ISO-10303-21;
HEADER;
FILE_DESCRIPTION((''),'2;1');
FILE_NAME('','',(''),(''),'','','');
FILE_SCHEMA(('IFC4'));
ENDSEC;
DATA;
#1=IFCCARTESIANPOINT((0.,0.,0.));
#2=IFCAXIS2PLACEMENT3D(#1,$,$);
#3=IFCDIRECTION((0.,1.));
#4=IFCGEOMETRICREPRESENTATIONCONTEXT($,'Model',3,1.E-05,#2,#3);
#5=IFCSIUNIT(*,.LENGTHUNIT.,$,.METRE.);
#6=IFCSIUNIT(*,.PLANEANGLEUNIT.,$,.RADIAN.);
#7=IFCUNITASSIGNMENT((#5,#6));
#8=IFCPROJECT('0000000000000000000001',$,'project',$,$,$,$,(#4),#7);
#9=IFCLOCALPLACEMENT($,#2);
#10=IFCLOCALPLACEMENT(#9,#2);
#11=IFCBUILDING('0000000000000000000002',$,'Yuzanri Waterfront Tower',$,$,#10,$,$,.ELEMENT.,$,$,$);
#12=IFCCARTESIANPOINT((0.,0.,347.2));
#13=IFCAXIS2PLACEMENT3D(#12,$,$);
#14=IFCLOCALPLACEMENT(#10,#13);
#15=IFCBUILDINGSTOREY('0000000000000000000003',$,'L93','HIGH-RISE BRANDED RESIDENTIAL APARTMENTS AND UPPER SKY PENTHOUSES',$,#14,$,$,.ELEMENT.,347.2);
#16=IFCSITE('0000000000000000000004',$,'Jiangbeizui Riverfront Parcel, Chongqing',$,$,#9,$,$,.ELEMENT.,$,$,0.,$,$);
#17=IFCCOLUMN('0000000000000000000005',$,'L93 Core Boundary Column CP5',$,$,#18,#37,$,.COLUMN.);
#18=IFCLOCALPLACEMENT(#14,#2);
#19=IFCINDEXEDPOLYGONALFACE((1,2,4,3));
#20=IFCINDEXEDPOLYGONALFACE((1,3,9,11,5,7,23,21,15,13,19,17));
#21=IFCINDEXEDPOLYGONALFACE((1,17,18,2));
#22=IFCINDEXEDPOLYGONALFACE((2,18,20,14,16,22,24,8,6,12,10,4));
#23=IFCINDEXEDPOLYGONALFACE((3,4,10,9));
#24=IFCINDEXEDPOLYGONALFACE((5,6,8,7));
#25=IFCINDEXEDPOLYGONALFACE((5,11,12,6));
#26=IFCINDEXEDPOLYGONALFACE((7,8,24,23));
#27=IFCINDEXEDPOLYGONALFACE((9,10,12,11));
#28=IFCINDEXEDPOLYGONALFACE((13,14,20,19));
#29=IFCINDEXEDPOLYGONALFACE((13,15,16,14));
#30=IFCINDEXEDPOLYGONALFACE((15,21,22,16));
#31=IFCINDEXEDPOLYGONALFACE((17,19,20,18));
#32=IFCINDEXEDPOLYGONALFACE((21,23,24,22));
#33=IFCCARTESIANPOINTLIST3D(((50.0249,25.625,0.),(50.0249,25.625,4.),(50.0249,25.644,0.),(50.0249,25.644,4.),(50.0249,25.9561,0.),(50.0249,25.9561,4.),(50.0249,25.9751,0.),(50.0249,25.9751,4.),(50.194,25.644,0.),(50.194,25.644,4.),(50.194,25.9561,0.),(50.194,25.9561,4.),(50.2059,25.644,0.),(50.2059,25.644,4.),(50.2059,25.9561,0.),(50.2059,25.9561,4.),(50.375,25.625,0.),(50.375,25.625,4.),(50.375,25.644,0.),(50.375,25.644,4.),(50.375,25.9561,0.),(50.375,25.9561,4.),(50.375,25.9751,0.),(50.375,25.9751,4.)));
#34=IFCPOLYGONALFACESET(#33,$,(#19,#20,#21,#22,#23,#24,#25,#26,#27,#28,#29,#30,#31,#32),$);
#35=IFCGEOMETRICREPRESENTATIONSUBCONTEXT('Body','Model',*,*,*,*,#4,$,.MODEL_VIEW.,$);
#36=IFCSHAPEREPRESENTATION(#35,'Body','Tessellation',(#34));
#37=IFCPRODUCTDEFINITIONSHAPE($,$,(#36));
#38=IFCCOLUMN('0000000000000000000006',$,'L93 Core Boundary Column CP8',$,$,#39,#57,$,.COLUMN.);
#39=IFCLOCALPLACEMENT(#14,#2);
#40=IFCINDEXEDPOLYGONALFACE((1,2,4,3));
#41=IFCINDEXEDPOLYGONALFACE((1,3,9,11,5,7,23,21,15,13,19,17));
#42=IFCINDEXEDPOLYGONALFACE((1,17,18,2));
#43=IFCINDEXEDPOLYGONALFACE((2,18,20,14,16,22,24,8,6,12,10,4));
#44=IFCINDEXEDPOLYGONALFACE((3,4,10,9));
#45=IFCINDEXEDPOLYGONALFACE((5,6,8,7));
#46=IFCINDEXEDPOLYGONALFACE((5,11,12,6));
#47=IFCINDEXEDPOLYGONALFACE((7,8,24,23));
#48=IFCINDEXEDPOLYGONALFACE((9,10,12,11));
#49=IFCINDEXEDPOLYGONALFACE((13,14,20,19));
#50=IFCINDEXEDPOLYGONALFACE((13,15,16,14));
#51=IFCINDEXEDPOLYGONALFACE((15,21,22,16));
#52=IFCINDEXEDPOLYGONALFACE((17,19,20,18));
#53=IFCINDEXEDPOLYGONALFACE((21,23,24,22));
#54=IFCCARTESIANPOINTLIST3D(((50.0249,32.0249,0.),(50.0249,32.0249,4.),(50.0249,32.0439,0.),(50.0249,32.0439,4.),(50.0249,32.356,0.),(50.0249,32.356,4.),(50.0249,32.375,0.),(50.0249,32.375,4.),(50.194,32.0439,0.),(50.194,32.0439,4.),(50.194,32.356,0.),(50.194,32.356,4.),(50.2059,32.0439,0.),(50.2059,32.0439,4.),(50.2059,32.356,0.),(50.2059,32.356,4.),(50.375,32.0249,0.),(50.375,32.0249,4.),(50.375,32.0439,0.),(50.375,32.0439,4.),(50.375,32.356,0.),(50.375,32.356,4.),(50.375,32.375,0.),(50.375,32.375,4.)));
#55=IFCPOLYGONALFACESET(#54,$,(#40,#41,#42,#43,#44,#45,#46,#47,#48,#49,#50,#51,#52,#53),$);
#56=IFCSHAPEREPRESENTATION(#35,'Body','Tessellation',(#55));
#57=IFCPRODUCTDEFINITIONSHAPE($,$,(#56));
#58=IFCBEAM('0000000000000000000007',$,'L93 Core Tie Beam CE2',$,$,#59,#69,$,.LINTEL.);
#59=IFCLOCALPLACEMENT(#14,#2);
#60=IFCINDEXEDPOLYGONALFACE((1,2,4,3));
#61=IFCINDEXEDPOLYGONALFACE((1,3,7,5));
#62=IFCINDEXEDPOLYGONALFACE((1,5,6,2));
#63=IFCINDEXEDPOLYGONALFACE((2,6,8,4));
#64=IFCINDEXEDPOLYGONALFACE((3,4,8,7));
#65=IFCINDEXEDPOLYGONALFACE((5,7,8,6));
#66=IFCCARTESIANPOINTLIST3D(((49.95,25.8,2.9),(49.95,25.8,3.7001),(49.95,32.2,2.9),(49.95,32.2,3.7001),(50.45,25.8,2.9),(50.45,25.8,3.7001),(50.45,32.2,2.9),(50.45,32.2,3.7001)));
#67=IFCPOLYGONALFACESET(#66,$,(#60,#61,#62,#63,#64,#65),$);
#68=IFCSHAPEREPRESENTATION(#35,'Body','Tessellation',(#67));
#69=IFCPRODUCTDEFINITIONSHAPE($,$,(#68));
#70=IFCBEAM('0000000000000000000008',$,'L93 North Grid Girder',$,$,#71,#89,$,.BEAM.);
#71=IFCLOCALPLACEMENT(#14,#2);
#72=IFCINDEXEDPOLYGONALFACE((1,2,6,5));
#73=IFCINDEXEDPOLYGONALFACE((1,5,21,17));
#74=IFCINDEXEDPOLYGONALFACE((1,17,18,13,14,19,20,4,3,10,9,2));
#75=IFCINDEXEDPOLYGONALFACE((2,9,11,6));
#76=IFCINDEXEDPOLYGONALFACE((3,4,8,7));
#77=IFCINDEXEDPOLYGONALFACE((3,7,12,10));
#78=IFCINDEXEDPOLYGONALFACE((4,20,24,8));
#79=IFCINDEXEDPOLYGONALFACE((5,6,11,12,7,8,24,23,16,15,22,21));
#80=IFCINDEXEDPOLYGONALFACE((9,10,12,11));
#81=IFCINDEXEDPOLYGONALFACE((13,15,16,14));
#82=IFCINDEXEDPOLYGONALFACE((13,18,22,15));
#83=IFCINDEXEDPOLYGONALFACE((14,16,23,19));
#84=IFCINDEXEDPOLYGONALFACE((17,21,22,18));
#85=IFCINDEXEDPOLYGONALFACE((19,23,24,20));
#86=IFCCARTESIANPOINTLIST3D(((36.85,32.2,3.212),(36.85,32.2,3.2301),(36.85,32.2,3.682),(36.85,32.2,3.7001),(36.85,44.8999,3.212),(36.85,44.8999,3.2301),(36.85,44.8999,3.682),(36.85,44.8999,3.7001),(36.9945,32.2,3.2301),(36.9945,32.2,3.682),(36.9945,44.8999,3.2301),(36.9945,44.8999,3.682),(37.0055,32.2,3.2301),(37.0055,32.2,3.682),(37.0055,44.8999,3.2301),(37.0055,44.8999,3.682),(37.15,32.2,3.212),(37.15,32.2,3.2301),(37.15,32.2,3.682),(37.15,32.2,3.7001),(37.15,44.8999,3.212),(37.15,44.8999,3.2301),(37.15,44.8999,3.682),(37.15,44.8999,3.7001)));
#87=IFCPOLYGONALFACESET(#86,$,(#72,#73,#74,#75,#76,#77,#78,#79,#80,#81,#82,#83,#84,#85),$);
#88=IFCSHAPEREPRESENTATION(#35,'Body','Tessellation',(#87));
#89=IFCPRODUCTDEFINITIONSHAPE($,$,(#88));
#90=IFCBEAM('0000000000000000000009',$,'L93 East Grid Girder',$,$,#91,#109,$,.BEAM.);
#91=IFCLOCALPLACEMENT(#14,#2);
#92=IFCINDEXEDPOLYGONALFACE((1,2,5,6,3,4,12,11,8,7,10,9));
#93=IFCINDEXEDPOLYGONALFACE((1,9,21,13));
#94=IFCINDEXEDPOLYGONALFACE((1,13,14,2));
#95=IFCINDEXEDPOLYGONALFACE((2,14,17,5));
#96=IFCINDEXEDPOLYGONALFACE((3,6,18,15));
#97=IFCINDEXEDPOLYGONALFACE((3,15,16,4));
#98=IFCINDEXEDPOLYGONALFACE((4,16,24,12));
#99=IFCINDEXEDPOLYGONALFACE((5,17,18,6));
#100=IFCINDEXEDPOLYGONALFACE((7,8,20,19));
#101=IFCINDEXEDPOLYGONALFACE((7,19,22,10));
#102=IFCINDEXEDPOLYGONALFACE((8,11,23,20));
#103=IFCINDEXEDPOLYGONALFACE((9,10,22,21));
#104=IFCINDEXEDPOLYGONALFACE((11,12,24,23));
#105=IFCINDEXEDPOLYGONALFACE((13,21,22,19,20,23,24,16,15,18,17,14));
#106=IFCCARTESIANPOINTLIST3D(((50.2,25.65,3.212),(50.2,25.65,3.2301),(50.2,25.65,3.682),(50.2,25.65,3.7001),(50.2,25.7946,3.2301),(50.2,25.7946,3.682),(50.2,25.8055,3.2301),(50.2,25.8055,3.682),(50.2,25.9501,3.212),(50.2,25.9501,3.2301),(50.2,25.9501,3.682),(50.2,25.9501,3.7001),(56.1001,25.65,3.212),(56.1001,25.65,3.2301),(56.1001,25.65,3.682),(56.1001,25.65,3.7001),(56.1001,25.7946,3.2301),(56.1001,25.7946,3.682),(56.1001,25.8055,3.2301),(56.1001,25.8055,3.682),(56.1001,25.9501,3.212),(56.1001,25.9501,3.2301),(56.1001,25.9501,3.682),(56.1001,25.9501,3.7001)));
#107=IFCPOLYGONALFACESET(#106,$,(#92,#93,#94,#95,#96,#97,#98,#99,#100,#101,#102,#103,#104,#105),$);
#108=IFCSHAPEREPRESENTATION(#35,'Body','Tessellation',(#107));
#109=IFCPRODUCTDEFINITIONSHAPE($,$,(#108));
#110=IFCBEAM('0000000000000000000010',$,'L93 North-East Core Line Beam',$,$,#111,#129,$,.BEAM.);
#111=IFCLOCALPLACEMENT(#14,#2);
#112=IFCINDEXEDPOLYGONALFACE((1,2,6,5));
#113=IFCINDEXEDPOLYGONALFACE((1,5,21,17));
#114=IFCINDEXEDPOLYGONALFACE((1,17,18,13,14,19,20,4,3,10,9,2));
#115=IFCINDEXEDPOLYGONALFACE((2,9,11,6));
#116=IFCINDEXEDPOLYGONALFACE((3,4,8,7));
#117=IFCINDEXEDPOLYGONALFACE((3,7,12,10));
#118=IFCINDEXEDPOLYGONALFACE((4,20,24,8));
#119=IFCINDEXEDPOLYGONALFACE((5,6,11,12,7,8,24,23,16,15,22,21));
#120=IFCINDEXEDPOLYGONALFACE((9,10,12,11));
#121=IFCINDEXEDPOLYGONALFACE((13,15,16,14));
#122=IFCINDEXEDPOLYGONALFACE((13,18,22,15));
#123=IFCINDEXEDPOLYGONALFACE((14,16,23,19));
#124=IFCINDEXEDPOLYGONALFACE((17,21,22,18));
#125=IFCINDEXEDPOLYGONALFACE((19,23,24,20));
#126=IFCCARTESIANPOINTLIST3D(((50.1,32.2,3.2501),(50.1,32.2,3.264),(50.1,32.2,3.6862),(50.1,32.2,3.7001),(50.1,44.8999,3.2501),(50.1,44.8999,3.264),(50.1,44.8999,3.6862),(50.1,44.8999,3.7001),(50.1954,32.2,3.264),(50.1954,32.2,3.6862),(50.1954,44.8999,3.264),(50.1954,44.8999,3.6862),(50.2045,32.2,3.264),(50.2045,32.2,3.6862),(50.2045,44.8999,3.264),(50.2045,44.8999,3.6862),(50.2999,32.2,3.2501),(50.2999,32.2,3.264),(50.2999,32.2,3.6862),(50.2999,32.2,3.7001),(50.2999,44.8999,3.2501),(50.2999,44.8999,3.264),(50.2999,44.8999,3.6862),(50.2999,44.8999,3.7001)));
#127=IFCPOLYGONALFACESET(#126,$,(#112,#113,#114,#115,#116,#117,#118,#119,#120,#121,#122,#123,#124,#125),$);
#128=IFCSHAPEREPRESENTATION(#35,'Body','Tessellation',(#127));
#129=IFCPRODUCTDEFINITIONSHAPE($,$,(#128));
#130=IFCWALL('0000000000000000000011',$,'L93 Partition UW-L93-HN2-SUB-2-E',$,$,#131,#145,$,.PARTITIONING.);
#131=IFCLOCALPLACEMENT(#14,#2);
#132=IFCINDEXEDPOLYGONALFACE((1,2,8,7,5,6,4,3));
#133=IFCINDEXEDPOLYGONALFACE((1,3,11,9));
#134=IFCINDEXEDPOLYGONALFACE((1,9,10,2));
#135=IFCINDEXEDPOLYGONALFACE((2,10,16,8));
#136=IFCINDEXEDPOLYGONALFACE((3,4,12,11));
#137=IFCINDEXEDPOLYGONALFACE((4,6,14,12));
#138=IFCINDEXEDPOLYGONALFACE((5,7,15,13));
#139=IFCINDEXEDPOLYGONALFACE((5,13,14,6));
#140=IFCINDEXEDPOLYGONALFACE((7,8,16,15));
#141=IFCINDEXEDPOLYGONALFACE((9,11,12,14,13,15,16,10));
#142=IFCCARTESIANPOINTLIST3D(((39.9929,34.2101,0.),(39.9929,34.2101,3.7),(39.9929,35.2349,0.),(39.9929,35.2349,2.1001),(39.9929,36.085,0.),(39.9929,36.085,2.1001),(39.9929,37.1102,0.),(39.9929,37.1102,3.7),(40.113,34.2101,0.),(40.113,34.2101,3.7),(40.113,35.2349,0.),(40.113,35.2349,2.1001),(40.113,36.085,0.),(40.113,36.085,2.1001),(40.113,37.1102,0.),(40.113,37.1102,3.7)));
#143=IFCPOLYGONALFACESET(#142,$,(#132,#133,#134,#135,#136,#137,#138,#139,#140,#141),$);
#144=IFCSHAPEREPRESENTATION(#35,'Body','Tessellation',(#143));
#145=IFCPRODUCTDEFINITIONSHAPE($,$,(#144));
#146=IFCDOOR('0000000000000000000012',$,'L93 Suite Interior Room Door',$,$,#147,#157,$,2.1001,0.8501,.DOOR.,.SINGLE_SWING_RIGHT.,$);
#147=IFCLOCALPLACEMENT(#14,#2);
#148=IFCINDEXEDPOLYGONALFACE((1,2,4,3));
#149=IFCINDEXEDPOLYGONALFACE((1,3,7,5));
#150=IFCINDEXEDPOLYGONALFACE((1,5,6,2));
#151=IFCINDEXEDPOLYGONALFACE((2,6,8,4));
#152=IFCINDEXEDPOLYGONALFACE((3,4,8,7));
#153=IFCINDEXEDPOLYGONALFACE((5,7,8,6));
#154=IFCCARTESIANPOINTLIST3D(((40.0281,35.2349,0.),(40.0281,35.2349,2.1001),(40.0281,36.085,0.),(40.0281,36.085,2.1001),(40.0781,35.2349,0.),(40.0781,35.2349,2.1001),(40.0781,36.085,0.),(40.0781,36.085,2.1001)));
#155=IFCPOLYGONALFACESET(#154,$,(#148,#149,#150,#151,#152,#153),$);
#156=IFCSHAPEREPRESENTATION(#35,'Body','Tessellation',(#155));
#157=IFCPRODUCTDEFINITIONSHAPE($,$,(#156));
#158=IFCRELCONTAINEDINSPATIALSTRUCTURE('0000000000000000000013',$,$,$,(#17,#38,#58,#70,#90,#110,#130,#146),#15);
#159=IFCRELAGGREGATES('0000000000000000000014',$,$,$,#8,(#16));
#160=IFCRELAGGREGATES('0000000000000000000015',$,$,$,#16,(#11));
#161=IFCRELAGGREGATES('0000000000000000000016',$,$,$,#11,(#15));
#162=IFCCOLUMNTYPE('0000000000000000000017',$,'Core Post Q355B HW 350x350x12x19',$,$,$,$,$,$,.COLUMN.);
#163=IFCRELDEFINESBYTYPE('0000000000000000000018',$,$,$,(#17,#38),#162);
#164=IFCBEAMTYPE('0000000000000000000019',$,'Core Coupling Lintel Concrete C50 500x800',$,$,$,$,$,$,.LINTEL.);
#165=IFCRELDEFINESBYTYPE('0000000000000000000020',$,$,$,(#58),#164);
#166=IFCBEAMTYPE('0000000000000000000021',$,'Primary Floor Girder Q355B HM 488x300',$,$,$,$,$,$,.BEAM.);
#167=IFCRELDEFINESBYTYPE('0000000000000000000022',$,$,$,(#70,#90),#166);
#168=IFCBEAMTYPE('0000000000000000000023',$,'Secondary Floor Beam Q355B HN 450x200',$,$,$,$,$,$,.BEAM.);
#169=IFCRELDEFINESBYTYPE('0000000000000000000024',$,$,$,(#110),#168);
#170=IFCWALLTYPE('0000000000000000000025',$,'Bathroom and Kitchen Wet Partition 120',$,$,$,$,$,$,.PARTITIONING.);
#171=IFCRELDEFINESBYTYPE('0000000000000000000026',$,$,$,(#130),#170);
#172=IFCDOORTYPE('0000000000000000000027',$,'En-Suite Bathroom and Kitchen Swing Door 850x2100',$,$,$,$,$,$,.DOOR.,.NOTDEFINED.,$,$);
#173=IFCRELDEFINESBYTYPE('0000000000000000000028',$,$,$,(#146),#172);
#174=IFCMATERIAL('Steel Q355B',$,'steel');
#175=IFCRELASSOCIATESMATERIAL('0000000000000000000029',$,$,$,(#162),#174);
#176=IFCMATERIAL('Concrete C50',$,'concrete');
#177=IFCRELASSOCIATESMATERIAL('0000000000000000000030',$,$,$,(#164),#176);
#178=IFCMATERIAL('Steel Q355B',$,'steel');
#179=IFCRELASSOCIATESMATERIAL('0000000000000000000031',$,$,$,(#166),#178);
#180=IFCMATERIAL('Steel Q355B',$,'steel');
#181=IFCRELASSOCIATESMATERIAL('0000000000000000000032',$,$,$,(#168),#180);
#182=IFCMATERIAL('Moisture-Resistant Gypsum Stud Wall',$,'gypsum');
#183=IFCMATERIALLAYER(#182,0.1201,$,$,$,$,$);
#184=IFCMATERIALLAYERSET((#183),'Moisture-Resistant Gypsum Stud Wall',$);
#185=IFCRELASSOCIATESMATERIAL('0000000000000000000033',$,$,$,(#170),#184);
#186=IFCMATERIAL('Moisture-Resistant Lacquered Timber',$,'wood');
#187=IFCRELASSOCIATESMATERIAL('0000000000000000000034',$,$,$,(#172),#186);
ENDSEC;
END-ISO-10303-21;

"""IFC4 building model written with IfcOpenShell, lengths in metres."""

from ifc_helpers import new_model, si_unit, direction, frame, frame_2d, origin, origin_2d, place, context, subcontext, project, spatial, rectangle, i_section, extrude, source, transform, mapped, material, layer, layer_set, material_profile, profile_set, type_object, element, fill, save


model = new_model("IFC4")

# Units and contexts
model_context = context("Model", 3, precision=1e-05, world=origin(), true_north=direction((0.0, 1.0)))
body_context = subcontext(model_context, "Body", "Model", "MODEL_VIEW")
ifc_project = project(units=[si_unit("LENGTHUNIT", "METRE"), si_unit("PLANEANGLEUNIT", "RADIAN")], contexts=[model_context])

# Site, building, storey
site_placement = place(None, origin())
site = spatial("IfcSite", under=ifc_project, at=site_placement, Name="Jiangbeizui Riverfront Parcel, Chongqing", CompositionType="ELEMENT", RefElevation=0.0)
building_placement = place(site_placement, origin())
building = spatial("IfcBuilding", under=site, at=building_placement, Name="Yuzanri Waterfront Tower", CompositionType="ELEMENT")
storey_placement = place(building_placement, frame((0.0, 0.0, 347.2)))
storey = spatial("IfcBuildingStorey", under=building, at=storey_placement, Name="L93", Description="HIGH-RISE BRANDED RESIDENTIAL APARTMENTS AND UPPER SKY PENTHOUSES", CompositionType="ELEMENT", Elevation=347.2)

# Columns
ifc_material_1 = material(Name="Steel Q355B", Category="steel")
ifc_material_profile_1 = material_profile(ifc_material_1, i_section(OverallWidth=0.3501, OverallDepth=0.3501, WebThickness=0.012, FlangeThickness=0.019, at=origin_2d()), Name="HW 350x350x12x19")
ifc_profile_set_1 = profile_set([ifc_material_profile_1], Name="Steel Q355B")
column_type = type_object("IfcColumnType", Name="Core Post Q355B HW 350x350x12x19", PredefinedType="COLUMN", material=ifc_profile_set_1)
shared_shape_1 = source(origin(), body_context, "Body", "SweptSolid", [
    extrude(i_section(OverallWidth=0.3501, OverallDepth=0.3501, WebThickness=0.012, FlangeThickness=0.019, at=origin_2d()), origin(), (0.0, 0.0, 1.0), 4.0),
])
for number, where, z_axis, x_axis, name in (
    (1, (50.2, 25.8, 0.0), (0.0, 0.0, 1.0), (1.0, 0.0, 0.0), "L93 Core Boundary Column CP5"),
    (2, (50.2, 32.2, 0.0), (0.0, 0.0, 1.0), (1.0, 0.0, 0.0), "L93 Core Boundary Column CP8"),
):
    element("IfcColumn", number, at=place(storey_placement, frame(where, z_axis=z_axis, x_axis=x_axis)), inside=storey, type_object=column_type, Name=name, PredefinedType="COLUMN", context=body_context, shape_type="MappedRepresentation", body=[
        mapped(shared_shape_1, transform((0.0, 0.0, 0.0), scale=1.0)),
    ])

# Beams
ifc_material_2 = material(Name="Concrete C50", Category="concrete")
ifc_material_profile_2 = material_profile(ifc_material_2, rectangle(XDim=0.5, YDim=0.8, at=origin_2d()), Name="RC 500x800")
ifc_profile_set_2 = profile_set([ifc_material_profile_2], Name="Concrete C50")
beam_type_1 = type_object("IfcBeamType", Name="Core Coupling Lintel Concrete C50 500x800", PredefinedType="LINTEL", material=ifc_profile_set_2)
shared_shape_2 = source(origin(), body_context, "Body", "SweptSolid", [
    extrude(rectangle(XDim=0.5, YDim=0.8, at=origin_2d()), origin(), (0.0, 0.0, 1.0), 6.3999),
])
beam_1_placement = place(storey_placement, frame((50.2, 25.8, 3.3), z_axis=(0.0, 1.0, 0.0), x_axis=(-1.0, 0.0, 0.0)))
element("IfcBeam", 3, at=beam_1_placement, inside=storey, type_object=beam_type_1, Name="L93 Core Tie Beam CE2", PredefinedType="LINTEL", context=body_context, shape_type="MappedRepresentation", body=[
    mapped(shared_shape_2, transform((0.0, 0.0, 0.0), scale=1.0)),
])
ifc_material_3 = material(Name="Steel Q355B", Category="steel")
ifc_material_profile_3 = material_profile(ifc_material_3, i_section(OverallWidth=0.3, OverallDepth=0.488, WebThickness=0.011, FlangeThickness=0.0181, at=origin_2d()), Name="HM 488x300x11x18")
ifc_profile_set_3 = profile_set([ifc_material_profile_3], Name="Steel Q355B")
beam_type_2 = type_object("IfcBeamType", Name="Primary Floor Girder Q355B HM 488x300", PredefinedType="BEAM", material=ifc_profile_set_3)
shared_shape_3 = source(origin(), body_context, "Body", "SweptSolid", [
    extrude(i_section(OverallWidth=0.3, OverallDepth=0.488, WebThickness=0.011, FlangeThickness=0.0181, at=origin_2d()), origin(), (0.0, 0.0, 1.0), 12.7),
])
beam_2_placement = place(storey_placement, frame((37.0, 32.2, 3.4561), z_axis=(0.0, 1.0, 0.0), x_axis=(-1.0, 0.0, 0.0)))
element("IfcBeam", 4, at=beam_2_placement, inside=storey, type_object=beam_type_2, Name="L93 North Grid Girder", PredefinedType="BEAM", context=body_context, shape_type="MappedRepresentation", body=[
    mapped(shared_shape_3, transform((0.0, 0.0, 0.0), scale=1.0)),
])
shared_shape_4 = source(origin(), body_context, "Body", "SweptSolid", [
    extrude(i_section(OverallWidth=0.3, OverallDepth=0.488, WebThickness=0.011, FlangeThickness=0.0181, at=origin_2d()), origin(), (0.0, 0.0, 1.0), 5.9001),
])
beam_3_placement = place(storey_placement, frame((50.2, 25.8, 3.4561), z_axis=(1.0, 0.0, 0.0), x_axis=(0.0, 1.0, 0.0)))
element("IfcBeam", 5, at=beam_3_placement, inside=storey, type_object=beam_type_2, Name="L93 East Grid Girder", PredefinedType="BEAM", context=body_context, shape_type="MappedRepresentation", body=[
    mapped(shared_shape_4, transform((0.0, 0.0, 0.0), scale=1.0)),
])
ifc_material_4 = material(Name="Steel Q355B", Category="steel")
ifc_material_profile_4 = material_profile(ifc_material_4, i_section(OverallWidth=0.2, OverallDepth=0.45, WebThickness=0.009, FlangeThickness=0.0139, at=origin_2d()), Name="HN 450x200x9x14")
ifc_profile_set_4 = profile_set([ifc_material_profile_4], Name="Steel Q355B")
beam_type_3 = type_object("IfcBeamType", Name="Secondary Floor Beam Q355B HN 450x200", PredefinedType="BEAM", material=ifc_profile_set_4)
shared_shape_5 = source(origin(), body_context, "Body", "SweptSolid", [
    extrude(i_section(OverallWidth=0.2, OverallDepth=0.45, WebThickness=0.009, FlangeThickness=0.0139, at=origin_2d()), origin(), (0.0, 0.0, 1.0), 12.7),
])
beam_4_placement = place(storey_placement, frame((50.2, 32.2, 3.4751), z_axis=(0.0, 1.0, 0.0), x_axis=(-1.0, 0.0, 0.0)))
element("IfcBeam", 6, at=beam_4_placement, inside=storey, type_object=beam_type_3, Name="L93 North-East Core Line Beam", PredefinedType="BEAM", context=body_context, shape_type="MappedRepresentation", body=[
    mapped(shared_shape_5, transform((0.0, 0.0, 0.0), scale=1.0)),
])

# Wall, opening, door
ifc_material_5 = material(Name="Moisture-Resistant Gypsum Stud Wall", Category="gypsum")
ifc_layer_1 = layer(ifc_material_5, 0.1201)
ifc_layer_set_1 = layer_set([ifc_layer_1], Name="Moisture-Resistant Gypsum Stud Wall")
wall_type_1 = type_object("IfcWallType", Name="Bathroom and Kitchen Wet Partition 120", PredefinedType="PARTITIONING", material=ifc_layer_set_1)
wall_1_placement = place(storey_placement, frame((40.053, 34.21, 0.0), z_axis=(0.0, 0.0, 1.0), x_axis=(0.0, 1.0, 0.0)))
wall_1 = element("IfcWall", 7, at=wall_1_placement, inside=storey, type_object=wall_type_1, Name="L93 Partition UW-L93-HN2-SUB-2-E", PredefinedType="PARTITIONING", context=body_context, shape_type="SweptSolid", body=[
    extrude(rectangle(XDim=2.9001, YDim=0.1201, at=frame_2d((1.4502, 0.0))), origin(), (0.0, 0.0, 1.0), 3.7),
])
opening_1_placement = place(wall_1_placement, frame((1.0249, 0.0, 0.0)))
opening_1 = element("IfcOpeningElement", 8, at=opening_1_placement, cuts=wall_1, PredefinedType="OPENING", context=body_context, shape_type="SweptSolid", body=[
    extrude(rectangle(XDim=0.8501, YDim=2.1001, at=frame_2d((0.425, 1.05))), frame((0.0, 0.075, 0.0), z_axis=(0.0, -1.0, 0.0), x_axis=(1.0, 0.0, 0.0)), (0.0, 0.0, 1.0), 0.1499),
])
ifc_material_6 = material(Name="Moisture-Resistant Lacquered Timber", Category="wood")
door_type_1 = type_object("IfcDoorType", Name="En-Suite Bathroom and Kitchen Swing Door 850x2100", OperationType="NOTDEFINED", PredefinedType="DOOR", material=ifc_material_6)
shared_shape_6 = source(origin(), body_context, "Body", "SweptSolid", [
    extrude(rectangle(XDim=0.8501, YDim=2.1001, at=frame_2d((0.425, 1.05))), frame((0.0, 0.0249, 0.0), z_axis=(0.0, -1.0, 0.0), x_axis=(1.0, 0.0, 0.0)), (0.0, 0.0, 1.0), 0.05),
])
door_1_placement = place(opening_1_placement, origin())
door_1 = element("IfcDoor", 9, at=door_1_placement, inside=storey, type_object=door_type_1, Name="L93 Suite Interior Room Door", OperationType="SINGLE_SWING_RIGHT", OverallHeight=2.1001, OverallWidth=0.8501, PredefinedType="DOOR", context=body_context, shape_type="MappedRepresentation", body=[
    mapped(shared_shape_6, transform((0.0, 0.0, 0.0), scale=1.0)),
])
fill(opening_1, door_1)

save(model, "model.ifc")
